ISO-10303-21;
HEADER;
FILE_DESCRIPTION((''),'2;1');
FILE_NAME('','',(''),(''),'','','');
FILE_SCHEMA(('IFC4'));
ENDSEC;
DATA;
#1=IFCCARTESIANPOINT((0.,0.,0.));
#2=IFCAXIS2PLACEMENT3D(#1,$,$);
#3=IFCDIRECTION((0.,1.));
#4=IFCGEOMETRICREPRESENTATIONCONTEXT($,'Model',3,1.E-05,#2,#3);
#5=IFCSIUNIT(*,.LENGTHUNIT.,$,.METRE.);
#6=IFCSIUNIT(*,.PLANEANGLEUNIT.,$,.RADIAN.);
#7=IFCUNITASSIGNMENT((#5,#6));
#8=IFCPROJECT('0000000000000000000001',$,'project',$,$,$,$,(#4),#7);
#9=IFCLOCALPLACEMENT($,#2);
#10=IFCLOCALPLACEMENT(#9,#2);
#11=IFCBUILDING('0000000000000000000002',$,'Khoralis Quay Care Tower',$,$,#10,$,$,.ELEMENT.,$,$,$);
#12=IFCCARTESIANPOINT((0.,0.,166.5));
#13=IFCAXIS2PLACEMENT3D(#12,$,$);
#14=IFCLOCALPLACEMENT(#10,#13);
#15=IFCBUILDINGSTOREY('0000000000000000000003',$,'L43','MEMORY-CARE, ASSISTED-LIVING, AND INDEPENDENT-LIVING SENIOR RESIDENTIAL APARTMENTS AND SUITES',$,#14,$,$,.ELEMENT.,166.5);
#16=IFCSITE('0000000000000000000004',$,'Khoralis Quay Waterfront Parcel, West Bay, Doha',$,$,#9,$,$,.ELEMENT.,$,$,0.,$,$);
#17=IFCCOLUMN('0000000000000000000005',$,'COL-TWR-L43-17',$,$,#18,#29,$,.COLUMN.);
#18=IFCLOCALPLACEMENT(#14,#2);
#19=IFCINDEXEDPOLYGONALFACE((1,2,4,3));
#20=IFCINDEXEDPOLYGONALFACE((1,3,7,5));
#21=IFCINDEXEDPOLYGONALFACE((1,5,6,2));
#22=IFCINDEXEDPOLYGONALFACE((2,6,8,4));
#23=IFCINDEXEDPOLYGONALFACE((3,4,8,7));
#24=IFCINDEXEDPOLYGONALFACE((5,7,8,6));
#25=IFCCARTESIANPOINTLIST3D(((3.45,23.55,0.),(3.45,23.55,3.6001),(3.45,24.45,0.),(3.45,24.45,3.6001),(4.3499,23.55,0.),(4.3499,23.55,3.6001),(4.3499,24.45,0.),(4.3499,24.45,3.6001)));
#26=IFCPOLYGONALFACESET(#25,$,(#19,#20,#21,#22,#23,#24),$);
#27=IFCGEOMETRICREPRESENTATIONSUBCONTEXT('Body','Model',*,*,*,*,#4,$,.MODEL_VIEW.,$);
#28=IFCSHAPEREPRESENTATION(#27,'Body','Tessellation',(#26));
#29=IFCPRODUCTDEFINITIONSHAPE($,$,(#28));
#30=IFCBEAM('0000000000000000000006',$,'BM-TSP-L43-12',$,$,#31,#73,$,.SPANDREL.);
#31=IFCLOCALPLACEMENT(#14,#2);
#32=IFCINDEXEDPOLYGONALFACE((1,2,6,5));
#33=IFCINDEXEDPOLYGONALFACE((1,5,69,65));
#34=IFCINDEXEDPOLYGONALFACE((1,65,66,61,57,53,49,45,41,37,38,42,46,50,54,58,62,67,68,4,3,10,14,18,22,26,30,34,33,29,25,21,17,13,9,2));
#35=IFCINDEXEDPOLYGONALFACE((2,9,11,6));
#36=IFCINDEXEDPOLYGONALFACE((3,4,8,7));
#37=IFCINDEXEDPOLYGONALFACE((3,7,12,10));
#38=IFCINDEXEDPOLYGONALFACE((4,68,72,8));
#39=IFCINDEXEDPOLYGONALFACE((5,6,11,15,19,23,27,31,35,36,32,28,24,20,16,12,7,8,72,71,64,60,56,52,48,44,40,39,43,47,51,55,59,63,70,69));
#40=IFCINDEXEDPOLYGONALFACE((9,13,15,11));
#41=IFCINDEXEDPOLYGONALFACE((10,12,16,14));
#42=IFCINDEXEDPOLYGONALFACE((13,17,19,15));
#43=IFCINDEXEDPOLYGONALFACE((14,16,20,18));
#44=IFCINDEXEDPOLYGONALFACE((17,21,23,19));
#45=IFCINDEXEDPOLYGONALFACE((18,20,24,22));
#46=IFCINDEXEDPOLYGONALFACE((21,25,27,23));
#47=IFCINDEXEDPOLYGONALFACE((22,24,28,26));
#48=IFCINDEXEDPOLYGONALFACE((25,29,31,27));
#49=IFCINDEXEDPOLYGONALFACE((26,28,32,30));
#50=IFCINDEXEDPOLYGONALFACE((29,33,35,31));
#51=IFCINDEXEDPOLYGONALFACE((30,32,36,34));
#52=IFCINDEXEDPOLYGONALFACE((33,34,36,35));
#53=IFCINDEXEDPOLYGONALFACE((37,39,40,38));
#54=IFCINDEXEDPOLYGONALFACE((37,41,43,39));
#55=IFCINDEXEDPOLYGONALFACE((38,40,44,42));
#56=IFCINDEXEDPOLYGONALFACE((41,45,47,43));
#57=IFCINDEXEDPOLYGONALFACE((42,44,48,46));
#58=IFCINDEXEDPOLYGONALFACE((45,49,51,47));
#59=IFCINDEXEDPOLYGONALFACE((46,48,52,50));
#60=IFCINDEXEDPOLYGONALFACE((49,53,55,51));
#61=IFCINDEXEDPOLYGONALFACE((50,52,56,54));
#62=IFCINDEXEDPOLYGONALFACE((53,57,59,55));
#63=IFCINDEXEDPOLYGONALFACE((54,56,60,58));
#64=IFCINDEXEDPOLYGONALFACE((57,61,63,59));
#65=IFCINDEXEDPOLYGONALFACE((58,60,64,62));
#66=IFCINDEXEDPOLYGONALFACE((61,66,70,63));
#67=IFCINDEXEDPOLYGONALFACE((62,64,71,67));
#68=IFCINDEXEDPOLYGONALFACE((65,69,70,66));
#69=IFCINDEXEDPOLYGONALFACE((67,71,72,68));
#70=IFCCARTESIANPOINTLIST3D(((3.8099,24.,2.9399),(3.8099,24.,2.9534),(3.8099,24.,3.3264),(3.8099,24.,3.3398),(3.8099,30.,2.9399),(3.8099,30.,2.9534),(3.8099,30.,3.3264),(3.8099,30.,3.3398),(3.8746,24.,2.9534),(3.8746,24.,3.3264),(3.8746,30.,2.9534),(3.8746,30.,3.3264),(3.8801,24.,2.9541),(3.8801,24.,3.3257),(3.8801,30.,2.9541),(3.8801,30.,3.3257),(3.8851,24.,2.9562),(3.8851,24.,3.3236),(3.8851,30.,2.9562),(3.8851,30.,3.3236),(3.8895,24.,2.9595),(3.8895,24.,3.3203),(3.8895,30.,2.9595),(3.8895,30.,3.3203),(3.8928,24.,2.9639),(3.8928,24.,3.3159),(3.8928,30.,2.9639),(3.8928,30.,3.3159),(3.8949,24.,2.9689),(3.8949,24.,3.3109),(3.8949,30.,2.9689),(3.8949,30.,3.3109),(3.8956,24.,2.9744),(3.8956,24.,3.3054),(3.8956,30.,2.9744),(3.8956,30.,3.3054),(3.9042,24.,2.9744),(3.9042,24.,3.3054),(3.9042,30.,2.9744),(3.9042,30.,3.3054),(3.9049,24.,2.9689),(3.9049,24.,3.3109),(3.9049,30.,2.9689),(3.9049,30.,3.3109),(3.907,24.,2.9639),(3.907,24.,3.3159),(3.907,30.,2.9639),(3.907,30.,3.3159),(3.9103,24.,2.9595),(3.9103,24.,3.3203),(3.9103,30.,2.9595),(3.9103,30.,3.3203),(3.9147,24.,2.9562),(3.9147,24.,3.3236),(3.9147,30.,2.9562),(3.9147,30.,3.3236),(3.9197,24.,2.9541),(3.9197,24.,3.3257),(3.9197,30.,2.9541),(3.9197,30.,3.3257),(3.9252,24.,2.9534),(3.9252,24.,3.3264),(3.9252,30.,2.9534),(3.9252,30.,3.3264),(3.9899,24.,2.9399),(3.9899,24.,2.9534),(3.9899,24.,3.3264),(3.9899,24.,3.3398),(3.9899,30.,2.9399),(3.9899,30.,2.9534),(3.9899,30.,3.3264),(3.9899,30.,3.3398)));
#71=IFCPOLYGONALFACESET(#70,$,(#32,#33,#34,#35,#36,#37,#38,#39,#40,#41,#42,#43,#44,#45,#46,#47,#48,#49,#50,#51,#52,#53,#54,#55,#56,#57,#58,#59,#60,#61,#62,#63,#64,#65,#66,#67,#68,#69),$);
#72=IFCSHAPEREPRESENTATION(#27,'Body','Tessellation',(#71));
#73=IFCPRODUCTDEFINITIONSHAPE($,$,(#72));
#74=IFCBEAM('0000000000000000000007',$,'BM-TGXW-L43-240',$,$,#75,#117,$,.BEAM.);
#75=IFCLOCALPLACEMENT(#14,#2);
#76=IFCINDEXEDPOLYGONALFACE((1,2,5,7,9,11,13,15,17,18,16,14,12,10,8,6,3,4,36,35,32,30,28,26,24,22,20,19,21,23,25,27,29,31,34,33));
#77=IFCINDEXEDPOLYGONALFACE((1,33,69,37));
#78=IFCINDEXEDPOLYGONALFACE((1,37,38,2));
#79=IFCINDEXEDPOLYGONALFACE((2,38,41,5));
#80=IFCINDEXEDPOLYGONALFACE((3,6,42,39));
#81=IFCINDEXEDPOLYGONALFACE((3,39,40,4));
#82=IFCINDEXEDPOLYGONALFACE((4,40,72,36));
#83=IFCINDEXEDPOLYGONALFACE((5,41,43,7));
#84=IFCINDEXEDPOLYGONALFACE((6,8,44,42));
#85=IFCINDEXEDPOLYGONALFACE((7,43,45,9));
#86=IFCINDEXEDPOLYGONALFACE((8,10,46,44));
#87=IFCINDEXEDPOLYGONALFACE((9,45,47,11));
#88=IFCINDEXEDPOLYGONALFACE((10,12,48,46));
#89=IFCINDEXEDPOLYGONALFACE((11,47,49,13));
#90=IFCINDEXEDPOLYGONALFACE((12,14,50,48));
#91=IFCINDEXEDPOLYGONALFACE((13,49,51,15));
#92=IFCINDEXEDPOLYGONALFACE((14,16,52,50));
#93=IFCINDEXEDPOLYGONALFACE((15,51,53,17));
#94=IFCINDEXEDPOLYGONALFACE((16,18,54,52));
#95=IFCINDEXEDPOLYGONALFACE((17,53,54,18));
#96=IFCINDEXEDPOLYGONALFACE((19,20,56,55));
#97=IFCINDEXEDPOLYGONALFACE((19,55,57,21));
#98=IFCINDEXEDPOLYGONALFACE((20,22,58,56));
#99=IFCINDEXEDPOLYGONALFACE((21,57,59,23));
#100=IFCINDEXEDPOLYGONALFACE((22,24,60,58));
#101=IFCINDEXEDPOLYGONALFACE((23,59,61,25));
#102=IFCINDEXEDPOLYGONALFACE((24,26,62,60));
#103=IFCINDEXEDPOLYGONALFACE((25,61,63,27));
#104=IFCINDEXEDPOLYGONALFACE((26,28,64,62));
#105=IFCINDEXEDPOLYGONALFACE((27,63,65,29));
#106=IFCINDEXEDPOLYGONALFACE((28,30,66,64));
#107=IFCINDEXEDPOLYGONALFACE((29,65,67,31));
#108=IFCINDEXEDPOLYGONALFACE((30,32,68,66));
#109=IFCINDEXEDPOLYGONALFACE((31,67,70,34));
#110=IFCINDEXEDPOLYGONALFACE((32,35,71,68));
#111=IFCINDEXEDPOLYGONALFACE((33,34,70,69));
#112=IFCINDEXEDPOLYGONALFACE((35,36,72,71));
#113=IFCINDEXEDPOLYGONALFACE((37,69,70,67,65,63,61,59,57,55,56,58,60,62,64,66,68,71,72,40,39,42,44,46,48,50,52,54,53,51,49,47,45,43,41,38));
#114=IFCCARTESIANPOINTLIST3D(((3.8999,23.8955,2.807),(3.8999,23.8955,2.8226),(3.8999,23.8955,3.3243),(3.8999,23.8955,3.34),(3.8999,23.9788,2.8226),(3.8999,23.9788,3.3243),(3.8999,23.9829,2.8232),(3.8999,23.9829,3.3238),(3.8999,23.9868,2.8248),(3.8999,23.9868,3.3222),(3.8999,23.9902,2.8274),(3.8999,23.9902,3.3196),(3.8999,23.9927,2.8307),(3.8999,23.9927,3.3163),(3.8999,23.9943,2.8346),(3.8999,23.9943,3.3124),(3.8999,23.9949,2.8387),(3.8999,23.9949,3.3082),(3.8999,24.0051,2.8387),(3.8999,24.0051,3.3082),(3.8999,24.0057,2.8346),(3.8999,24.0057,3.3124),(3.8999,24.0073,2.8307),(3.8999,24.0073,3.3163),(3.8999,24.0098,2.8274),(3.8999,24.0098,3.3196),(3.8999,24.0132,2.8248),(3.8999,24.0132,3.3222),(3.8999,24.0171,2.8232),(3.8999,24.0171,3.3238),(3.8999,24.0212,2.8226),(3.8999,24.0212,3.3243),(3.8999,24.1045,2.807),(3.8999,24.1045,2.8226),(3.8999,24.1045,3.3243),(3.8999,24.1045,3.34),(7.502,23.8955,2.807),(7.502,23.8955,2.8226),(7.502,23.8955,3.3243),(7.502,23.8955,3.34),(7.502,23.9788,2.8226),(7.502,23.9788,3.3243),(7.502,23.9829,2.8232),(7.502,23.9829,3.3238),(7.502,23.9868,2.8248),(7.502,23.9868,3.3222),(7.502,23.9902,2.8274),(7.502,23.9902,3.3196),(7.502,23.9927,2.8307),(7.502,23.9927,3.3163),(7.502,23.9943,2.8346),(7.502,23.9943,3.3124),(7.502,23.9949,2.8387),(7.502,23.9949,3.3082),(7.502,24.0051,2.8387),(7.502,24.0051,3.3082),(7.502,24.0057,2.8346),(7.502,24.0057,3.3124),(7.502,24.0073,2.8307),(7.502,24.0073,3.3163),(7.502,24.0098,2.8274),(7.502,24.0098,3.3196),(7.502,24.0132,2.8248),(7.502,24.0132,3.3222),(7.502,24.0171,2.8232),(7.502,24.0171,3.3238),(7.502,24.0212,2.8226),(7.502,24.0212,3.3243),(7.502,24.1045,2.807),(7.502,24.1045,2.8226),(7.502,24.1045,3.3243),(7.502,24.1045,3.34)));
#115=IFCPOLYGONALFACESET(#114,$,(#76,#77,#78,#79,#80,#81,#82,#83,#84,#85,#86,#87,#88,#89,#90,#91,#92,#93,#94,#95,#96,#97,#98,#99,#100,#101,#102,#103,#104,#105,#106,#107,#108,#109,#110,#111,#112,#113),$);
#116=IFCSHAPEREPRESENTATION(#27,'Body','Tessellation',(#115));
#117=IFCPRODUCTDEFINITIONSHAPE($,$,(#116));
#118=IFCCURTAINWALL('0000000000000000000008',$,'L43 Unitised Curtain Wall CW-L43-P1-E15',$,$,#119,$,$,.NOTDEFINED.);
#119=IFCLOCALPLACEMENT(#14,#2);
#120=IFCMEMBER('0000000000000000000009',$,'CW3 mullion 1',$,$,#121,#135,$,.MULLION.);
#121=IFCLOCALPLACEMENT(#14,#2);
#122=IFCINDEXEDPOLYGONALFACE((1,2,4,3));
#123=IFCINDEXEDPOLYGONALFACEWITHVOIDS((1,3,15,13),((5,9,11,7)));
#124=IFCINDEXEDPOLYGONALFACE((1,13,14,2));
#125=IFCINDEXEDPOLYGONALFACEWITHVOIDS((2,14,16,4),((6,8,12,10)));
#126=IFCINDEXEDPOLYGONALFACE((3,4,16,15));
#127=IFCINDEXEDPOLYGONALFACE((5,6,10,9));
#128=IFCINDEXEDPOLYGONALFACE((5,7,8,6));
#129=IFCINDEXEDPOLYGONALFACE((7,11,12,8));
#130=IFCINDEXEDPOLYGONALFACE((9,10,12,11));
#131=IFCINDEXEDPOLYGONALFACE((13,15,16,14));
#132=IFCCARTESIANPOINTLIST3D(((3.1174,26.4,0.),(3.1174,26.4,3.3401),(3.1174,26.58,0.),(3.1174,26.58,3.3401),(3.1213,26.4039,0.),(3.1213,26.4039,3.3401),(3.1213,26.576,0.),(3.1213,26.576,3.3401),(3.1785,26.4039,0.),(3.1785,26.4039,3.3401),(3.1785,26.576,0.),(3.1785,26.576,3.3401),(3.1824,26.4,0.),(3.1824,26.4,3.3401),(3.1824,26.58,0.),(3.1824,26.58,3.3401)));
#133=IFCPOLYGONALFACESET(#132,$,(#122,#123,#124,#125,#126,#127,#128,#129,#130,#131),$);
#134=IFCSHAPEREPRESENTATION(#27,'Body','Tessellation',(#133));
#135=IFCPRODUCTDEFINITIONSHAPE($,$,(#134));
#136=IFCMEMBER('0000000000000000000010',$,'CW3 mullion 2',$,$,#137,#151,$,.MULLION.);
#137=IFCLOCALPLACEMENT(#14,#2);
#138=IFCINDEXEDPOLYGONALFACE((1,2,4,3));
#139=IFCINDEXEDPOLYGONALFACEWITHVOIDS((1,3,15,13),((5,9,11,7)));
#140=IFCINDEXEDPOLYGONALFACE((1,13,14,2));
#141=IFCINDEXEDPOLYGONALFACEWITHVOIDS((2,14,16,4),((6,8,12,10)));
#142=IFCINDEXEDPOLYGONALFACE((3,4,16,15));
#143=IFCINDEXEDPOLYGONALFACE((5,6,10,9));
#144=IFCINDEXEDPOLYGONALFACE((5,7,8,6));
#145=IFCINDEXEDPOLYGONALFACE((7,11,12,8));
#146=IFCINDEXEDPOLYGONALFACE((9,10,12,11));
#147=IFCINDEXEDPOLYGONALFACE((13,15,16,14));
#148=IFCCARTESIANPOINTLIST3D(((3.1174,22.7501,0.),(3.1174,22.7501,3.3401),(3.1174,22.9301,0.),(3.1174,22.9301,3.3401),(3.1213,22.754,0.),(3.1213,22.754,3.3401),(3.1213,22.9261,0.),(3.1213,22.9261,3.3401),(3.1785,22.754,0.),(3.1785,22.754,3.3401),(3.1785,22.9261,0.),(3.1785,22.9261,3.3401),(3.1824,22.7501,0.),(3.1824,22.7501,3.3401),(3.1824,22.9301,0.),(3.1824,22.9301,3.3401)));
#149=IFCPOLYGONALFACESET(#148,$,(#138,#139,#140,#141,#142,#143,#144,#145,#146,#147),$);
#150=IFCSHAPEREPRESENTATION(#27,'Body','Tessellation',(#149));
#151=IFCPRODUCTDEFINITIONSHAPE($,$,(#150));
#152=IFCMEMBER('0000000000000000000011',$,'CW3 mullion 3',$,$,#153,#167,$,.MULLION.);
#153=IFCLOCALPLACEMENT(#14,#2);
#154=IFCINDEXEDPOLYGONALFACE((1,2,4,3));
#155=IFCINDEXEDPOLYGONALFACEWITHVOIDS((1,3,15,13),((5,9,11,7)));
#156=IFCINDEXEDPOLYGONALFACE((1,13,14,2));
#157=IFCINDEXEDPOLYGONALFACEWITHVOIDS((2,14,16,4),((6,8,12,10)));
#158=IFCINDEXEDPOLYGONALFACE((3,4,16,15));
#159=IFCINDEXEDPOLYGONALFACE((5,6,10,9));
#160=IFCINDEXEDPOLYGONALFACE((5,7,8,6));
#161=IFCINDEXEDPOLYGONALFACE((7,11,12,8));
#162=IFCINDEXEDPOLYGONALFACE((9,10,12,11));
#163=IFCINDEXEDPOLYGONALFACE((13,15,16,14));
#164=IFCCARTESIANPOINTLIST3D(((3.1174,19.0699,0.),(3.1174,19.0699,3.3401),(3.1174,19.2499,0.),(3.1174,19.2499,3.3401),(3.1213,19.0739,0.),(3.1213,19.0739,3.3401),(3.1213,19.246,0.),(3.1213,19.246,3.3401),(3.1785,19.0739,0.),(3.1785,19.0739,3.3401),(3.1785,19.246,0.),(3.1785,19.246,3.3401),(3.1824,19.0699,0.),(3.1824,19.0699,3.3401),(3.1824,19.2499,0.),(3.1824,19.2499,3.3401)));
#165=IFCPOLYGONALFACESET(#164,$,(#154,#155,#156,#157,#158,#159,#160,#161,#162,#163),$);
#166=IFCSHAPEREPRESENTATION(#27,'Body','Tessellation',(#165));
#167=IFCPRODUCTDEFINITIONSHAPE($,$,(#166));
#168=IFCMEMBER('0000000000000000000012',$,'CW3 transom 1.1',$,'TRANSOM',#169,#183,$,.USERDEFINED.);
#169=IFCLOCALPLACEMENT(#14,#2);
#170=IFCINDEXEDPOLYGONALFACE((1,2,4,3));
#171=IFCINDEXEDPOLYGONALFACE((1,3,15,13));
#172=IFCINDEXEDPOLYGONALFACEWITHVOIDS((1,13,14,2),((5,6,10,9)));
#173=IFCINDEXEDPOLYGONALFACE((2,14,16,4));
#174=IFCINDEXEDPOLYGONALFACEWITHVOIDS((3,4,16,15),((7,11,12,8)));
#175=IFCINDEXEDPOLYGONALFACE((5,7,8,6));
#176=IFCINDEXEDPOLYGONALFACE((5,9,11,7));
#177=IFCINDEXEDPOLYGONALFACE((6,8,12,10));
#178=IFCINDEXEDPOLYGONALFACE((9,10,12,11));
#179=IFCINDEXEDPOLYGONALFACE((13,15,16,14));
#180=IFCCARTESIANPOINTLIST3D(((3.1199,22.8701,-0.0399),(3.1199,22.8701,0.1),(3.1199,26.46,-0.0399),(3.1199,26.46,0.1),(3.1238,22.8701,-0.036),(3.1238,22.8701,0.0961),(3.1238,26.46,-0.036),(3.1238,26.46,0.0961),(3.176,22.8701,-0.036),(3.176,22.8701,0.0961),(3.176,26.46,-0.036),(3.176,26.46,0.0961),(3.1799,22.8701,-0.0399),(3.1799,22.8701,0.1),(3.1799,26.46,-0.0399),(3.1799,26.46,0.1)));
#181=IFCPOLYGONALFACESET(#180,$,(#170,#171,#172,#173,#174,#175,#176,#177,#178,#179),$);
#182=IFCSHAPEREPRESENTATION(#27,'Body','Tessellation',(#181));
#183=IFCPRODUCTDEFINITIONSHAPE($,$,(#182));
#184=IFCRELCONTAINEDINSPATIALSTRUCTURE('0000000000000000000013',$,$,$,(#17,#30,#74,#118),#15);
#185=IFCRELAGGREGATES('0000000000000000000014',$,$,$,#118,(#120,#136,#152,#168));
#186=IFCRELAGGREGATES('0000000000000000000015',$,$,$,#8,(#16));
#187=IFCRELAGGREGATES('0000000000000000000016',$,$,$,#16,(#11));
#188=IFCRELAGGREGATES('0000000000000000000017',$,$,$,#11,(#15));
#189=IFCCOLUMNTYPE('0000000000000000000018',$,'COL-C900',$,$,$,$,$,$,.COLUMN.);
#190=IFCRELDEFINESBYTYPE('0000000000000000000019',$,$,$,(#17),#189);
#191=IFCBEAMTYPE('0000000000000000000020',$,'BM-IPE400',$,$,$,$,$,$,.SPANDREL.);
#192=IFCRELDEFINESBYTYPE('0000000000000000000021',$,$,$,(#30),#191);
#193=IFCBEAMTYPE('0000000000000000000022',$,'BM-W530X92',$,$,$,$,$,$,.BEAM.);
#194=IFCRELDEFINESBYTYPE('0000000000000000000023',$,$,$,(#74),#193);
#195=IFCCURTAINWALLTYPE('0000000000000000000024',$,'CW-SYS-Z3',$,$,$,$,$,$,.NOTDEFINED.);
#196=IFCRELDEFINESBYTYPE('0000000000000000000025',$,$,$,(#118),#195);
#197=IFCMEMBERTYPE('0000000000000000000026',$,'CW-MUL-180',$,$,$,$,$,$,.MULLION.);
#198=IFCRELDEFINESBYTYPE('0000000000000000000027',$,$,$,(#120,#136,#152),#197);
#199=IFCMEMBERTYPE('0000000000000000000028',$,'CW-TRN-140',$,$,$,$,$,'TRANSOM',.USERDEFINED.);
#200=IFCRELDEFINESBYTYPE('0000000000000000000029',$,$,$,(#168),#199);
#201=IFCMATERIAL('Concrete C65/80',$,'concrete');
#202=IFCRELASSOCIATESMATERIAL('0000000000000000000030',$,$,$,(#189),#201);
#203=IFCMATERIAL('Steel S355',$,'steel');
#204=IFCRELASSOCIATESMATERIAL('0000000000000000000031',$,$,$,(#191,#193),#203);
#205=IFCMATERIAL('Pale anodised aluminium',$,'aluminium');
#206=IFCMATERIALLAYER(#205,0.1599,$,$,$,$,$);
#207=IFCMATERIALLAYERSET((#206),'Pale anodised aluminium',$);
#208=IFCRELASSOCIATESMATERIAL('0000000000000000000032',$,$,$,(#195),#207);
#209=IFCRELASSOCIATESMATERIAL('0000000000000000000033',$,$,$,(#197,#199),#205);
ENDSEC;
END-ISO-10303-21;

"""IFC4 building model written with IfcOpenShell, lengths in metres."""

from ifc_helpers import new_model, si_unit, direction, frame, origin, origin_2d, place, context, subcontext, project, spatial, rectangle, hollow_rectangle, i_section, extrude, source, transform, mapped, material, layer, layer_set, material_profile, profile_set, type_object, element, aggregate, save


model = new_model("IFC4")

# Units and contexts
model_context = context("Model", 3, precision=1e-05, world=origin(), true_north=direction((0.0, 1.0)))
body_context = subcontext(model_context, "Body", "Model", "MODEL_VIEW")
ifc_project = project(units=[si_unit("LENGTHUNIT", "METRE"), si_unit("PLANEANGLEUNIT", "RADIAN")], contexts=[model_context])

# Site, building, storey
site_placement = place(None, origin())
site = spatial("IfcSite", under=ifc_project, at=site_placement, Name="Khoralis Quay Waterfront Parcel, West Bay, Doha", CompositionType="ELEMENT", RefElevation=0.0)
building_placement = place(site_placement, origin())
building = spatial("IfcBuilding", under=site, at=building_placement, Name="Khoralis Quay Care Tower", CompositionType="ELEMENT")
storey_placement = place(building_placement, frame((0.0, 0.0, 166.5)))
storey = spatial("IfcBuildingStorey", under=building, at=storey_placement, Name="L43", Description="MEMORY-CARE, ASSISTED-LIVING, AND INDEPENDENT-LIVING SENIOR RESIDENTIAL APARTMENTS AND SUITES", CompositionType="ELEMENT", Elevation=166.5)

# Column
ifc_material_1 = material(Name="Concrete C65/80", Category="concrete")
ifc_material_profile_1 = material_profile(ifc_material_1, rectangle(XDim=0.8999, YDim=0.8999, at=origin_2d()), Name="Concrete C65/80")
ifc_profile_set_1 = profile_set([ifc_material_profile_1], Name="Concrete C65/80")
column_type = type_object("IfcColumnType", Name="COL-C900", PredefinedType="COLUMN", material=ifc_profile_set_1)
shared_shape_1 = source(origin(), body_context, "Body", "SweptSolid", [
    extrude(rectangle(XDim=0.8999, YDim=0.8999, at=origin_2d()), origin(), (0.0, 0.0, 1.0), 3.6001),
])
column_placement = place(storey_placement, frame((3.8999, 24.0, 0.0), z_axis=(0.0, 0.0, 1.0), x_axis=(1.0, 0.0, 0.0)))
element("IfcColumn", 1, at=column_placement, inside=storey, type_object=column_type, Name="COL-TWR-L43-17", PredefinedType="COLUMN", context=body_context, shape_type="MappedRepresentation", body=[
    mapped(shared_shape_1, transform((0.0, 0.0, 0.0), scale=1.0)),
])

# Beams
ifc_material_2 = material(Name="Steel S355", Category="steel")
ifc_material_profile_2 = material_profile(ifc_material_2, i_section(OverallWidth=0.1799, OverallDepth=0.3999, WebThickness=0.0085, FlangeThickness=0.0134, FilletRadius=0.021, at=origin_2d()), Name="Steel S355")
ifc_profile_set_2 = profile_set([ifc_material_profile_2], Name="Steel S355")
beam_type_1 = type_object("IfcBeamType", Name="BM-IPE400", PredefinedType="SPANDREL", material=ifc_profile_set_2)
shared_shape_2 = source(origin(), body_context, "Body", "SweptSolid", [
    extrude(i_section(OverallWidth=0.1799, OverallDepth=0.3999, WebThickness=0.0085, FlangeThickness=0.0134, FilletRadius=0.021, at=origin_2d()), origin(), (0.0, 0.0, 1.0), 6.0),
])
beam_1_placement = place(storey_placement, frame((3.8999, 24.0, 3.1399), z_axis=(0.0, 1.0, 0.0), x_axis=(-1.0, 0.0, 0.0)))
element("IfcBeam", 2, at=beam_1_placement, inside=storey, type_object=beam_type_1, Name="BM-TSP-L43-12", PredefinedType="SPANDREL", context=body_context, shape_type="MappedRepresentation", body=[
    mapped(shared_shape_2, transform((0.0, 0.0, 0.0), scale=1.0)),
])
ifc_material_profile_3 = material_profile(ifc_material_2, i_section(OverallWidth=0.209, OverallDepth=0.533, WebThickness=0.0103, FlangeThickness=0.0156, FilletRadius=0.0161, at=origin_2d()), Name="Steel S355")
ifc_profile_set_3 = profile_set([ifc_material_profile_3], Name="Steel S355")
beam_type_2 = type_object("IfcBeamType", Name="BM-W530X92", PredefinedType="BEAM", material=ifc_profile_set_3)
shared_shape_3 = source(origin(), body_context, "Body", "SweptSolid", [
    extrude(i_section(OverallWidth=0.209, OverallDepth=0.533, WebThickness=0.0103, FlangeThickness=0.0156, FilletRadius=0.0161, at=origin_2d()), origin(), (0.0, 0.0, 1.0), 3.6021),
])
beam_2_placement = place(storey_placement, frame((3.8999, 24.0, 3.0735), z_axis=(1.0, 0.0, 0.0), x_axis=(0.0, 1.0, 0.0)))
element("IfcBeam", 3, at=beam_2_placement, inside=storey, type_object=beam_type_2, Name="BM-TGXW-L43-240", PredefinedType="BEAM", context=body_context, shape_type="MappedRepresentation", body=[
    mapped(shared_shape_3, transform((0.0, 0.0, 0.0), scale=1.0)),
])

# Curtain wall, members
ifc_material_3 = material(Name="Pale anodised aluminium", Category="aluminium")
ifc_layer_1 = layer(ifc_material_3, 0.1599)
ifc_layer_set_1 = layer_set([ifc_layer_1], Name="Pale anodised aluminium")
curtain_wall_type = type_object("IfcCurtainWallType", Name="CW-SYS-Z3", PredefinedType="NOTDEFINED", material=ifc_layer_set_1)
curtain_wall_placement = place(storey_placement, origin())
curtain_wall = element("IfcCurtainWall", 4, at=curtain_wall_placement, inside=storey, type_object=curtain_wall_type, Name="L43 Unitised Curtain Wall CW-L43-P1-E15", PredefinedType="NOTDEFINED")
ifc_material_profile_4 = material_profile(ifc_material_3, hollow_rectangle(XDim=0.0649, YDim=0.1799, WallThickness=0.0039, at=origin_2d()), Name="Pale anodised aluminium")
ifc_profile_set_4 = profile_set([ifc_material_profile_4], Name="Pale anodised aluminium")
member_type_1 = type_object("IfcMemberType", Name="CW-MUL-180", PredefinedType="MULLION", material=ifc_profile_set_4)
shared_shape_4 = source(origin(), body_context, "Body", "SweptSolid", [
    extrude(hollow_rectangle(XDim=0.0649, YDim=0.1799, WallThickness=0.0039, at=origin_2d()), origin(), (0.0, 0.0, 1.0), 3.3401),
])
member_1_placement = place(storey_placement, frame((3.1499, 26.49, 0.0), z_axis=(0.0, 0.0, 1.0), x_axis=(1.0, 0.0, 0.0)))
member_1 = element("IfcMember", 5, at=member_1_placement, type_object=member_type_1, Name="CW3 mullion 1", PredefinedType="MULLION", context=body_context, shape_type="MappedRepresentation", body=[
    mapped(shared_shape_4, transform((0.0, 0.0, 0.0), scale=1.0)),
])
member_2_placement = place(storey_placement, frame((3.1499, 22.8401, 0.0), z_axis=(0.0, 0.0, 1.0), x_axis=(1.0, 0.0, 0.0)))
member_2 = element("IfcMember", 6, at=member_2_placement, type_object=member_type_1, Name="CW3 mullion 2", PredefinedType="MULLION", context=body_context, shape_type="MappedRepresentation", body=[
    mapped(shared_shape_4, transform((0.0, 0.0, 0.0), scale=1.0)),
])
member_3_placement = place(storey_placement, frame((3.1499, 19.1599, 0.0), z_axis=(0.0, 0.0, 1.0), x_axis=(1.0, 0.0, 0.0)))
member_3 = element("IfcMember", 7, at=member_3_placement, type_object=member_type_1, Name="CW3 mullion 3", PredefinedType="MULLION", context=body_context, shape_type="MappedRepresentation", body=[
    mapped(shared_shape_4, transform((0.0, 0.0, 0.0), scale=1.0)),
])
ifc_material_profile_5 = material_profile(ifc_material_3, hollow_rectangle(XDim=0.0601, YDim=0.1399, WallThickness=0.0039, at=origin_2d()), Name="Pale anodised aluminium")
ifc_profile_set_5 = profile_set([ifc_material_profile_5], Name="Pale anodised aluminium")
member_type_2 = type_object("IfcMemberType", Name="CW-TRN-140", ElementType="TRANSOM", PredefinedType="USERDEFINED", material=ifc_profile_set_5)
shared_shape_5 = source(origin(), body_context, "Body", "SweptSolid", [
    extrude(hollow_rectangle(XDim=0.0601, YDim=0.1399, WallThickness=0.0039, at=origin_2d()), origin(), (0.0, 0.0, 1.0), 3.5898),
])
member_4_placement = place(storey_placement, frame((3.1499, 26.46, 0.03), z_axis=(0.0, -1.0, 0.0), x_axis=(1.0, 0.0, 0.0)))
member_4 = element("IfcMember", 8, at=member_4_placement, type_object=member_type_2, Name="CW3 transom 1.1", ObjectType="TRANSOM", PredefinedType="USERDEFINED", context=body_context, shape_type="MappedRepresentation", body=[
    mapped(shared_shape_5, transform((0.0, 0.0, 0.0), scale=1.0)),
])
aggregate(curtain_wall, [member_1, member_2, member_3, member_4])

save(model, "model.ifc")
